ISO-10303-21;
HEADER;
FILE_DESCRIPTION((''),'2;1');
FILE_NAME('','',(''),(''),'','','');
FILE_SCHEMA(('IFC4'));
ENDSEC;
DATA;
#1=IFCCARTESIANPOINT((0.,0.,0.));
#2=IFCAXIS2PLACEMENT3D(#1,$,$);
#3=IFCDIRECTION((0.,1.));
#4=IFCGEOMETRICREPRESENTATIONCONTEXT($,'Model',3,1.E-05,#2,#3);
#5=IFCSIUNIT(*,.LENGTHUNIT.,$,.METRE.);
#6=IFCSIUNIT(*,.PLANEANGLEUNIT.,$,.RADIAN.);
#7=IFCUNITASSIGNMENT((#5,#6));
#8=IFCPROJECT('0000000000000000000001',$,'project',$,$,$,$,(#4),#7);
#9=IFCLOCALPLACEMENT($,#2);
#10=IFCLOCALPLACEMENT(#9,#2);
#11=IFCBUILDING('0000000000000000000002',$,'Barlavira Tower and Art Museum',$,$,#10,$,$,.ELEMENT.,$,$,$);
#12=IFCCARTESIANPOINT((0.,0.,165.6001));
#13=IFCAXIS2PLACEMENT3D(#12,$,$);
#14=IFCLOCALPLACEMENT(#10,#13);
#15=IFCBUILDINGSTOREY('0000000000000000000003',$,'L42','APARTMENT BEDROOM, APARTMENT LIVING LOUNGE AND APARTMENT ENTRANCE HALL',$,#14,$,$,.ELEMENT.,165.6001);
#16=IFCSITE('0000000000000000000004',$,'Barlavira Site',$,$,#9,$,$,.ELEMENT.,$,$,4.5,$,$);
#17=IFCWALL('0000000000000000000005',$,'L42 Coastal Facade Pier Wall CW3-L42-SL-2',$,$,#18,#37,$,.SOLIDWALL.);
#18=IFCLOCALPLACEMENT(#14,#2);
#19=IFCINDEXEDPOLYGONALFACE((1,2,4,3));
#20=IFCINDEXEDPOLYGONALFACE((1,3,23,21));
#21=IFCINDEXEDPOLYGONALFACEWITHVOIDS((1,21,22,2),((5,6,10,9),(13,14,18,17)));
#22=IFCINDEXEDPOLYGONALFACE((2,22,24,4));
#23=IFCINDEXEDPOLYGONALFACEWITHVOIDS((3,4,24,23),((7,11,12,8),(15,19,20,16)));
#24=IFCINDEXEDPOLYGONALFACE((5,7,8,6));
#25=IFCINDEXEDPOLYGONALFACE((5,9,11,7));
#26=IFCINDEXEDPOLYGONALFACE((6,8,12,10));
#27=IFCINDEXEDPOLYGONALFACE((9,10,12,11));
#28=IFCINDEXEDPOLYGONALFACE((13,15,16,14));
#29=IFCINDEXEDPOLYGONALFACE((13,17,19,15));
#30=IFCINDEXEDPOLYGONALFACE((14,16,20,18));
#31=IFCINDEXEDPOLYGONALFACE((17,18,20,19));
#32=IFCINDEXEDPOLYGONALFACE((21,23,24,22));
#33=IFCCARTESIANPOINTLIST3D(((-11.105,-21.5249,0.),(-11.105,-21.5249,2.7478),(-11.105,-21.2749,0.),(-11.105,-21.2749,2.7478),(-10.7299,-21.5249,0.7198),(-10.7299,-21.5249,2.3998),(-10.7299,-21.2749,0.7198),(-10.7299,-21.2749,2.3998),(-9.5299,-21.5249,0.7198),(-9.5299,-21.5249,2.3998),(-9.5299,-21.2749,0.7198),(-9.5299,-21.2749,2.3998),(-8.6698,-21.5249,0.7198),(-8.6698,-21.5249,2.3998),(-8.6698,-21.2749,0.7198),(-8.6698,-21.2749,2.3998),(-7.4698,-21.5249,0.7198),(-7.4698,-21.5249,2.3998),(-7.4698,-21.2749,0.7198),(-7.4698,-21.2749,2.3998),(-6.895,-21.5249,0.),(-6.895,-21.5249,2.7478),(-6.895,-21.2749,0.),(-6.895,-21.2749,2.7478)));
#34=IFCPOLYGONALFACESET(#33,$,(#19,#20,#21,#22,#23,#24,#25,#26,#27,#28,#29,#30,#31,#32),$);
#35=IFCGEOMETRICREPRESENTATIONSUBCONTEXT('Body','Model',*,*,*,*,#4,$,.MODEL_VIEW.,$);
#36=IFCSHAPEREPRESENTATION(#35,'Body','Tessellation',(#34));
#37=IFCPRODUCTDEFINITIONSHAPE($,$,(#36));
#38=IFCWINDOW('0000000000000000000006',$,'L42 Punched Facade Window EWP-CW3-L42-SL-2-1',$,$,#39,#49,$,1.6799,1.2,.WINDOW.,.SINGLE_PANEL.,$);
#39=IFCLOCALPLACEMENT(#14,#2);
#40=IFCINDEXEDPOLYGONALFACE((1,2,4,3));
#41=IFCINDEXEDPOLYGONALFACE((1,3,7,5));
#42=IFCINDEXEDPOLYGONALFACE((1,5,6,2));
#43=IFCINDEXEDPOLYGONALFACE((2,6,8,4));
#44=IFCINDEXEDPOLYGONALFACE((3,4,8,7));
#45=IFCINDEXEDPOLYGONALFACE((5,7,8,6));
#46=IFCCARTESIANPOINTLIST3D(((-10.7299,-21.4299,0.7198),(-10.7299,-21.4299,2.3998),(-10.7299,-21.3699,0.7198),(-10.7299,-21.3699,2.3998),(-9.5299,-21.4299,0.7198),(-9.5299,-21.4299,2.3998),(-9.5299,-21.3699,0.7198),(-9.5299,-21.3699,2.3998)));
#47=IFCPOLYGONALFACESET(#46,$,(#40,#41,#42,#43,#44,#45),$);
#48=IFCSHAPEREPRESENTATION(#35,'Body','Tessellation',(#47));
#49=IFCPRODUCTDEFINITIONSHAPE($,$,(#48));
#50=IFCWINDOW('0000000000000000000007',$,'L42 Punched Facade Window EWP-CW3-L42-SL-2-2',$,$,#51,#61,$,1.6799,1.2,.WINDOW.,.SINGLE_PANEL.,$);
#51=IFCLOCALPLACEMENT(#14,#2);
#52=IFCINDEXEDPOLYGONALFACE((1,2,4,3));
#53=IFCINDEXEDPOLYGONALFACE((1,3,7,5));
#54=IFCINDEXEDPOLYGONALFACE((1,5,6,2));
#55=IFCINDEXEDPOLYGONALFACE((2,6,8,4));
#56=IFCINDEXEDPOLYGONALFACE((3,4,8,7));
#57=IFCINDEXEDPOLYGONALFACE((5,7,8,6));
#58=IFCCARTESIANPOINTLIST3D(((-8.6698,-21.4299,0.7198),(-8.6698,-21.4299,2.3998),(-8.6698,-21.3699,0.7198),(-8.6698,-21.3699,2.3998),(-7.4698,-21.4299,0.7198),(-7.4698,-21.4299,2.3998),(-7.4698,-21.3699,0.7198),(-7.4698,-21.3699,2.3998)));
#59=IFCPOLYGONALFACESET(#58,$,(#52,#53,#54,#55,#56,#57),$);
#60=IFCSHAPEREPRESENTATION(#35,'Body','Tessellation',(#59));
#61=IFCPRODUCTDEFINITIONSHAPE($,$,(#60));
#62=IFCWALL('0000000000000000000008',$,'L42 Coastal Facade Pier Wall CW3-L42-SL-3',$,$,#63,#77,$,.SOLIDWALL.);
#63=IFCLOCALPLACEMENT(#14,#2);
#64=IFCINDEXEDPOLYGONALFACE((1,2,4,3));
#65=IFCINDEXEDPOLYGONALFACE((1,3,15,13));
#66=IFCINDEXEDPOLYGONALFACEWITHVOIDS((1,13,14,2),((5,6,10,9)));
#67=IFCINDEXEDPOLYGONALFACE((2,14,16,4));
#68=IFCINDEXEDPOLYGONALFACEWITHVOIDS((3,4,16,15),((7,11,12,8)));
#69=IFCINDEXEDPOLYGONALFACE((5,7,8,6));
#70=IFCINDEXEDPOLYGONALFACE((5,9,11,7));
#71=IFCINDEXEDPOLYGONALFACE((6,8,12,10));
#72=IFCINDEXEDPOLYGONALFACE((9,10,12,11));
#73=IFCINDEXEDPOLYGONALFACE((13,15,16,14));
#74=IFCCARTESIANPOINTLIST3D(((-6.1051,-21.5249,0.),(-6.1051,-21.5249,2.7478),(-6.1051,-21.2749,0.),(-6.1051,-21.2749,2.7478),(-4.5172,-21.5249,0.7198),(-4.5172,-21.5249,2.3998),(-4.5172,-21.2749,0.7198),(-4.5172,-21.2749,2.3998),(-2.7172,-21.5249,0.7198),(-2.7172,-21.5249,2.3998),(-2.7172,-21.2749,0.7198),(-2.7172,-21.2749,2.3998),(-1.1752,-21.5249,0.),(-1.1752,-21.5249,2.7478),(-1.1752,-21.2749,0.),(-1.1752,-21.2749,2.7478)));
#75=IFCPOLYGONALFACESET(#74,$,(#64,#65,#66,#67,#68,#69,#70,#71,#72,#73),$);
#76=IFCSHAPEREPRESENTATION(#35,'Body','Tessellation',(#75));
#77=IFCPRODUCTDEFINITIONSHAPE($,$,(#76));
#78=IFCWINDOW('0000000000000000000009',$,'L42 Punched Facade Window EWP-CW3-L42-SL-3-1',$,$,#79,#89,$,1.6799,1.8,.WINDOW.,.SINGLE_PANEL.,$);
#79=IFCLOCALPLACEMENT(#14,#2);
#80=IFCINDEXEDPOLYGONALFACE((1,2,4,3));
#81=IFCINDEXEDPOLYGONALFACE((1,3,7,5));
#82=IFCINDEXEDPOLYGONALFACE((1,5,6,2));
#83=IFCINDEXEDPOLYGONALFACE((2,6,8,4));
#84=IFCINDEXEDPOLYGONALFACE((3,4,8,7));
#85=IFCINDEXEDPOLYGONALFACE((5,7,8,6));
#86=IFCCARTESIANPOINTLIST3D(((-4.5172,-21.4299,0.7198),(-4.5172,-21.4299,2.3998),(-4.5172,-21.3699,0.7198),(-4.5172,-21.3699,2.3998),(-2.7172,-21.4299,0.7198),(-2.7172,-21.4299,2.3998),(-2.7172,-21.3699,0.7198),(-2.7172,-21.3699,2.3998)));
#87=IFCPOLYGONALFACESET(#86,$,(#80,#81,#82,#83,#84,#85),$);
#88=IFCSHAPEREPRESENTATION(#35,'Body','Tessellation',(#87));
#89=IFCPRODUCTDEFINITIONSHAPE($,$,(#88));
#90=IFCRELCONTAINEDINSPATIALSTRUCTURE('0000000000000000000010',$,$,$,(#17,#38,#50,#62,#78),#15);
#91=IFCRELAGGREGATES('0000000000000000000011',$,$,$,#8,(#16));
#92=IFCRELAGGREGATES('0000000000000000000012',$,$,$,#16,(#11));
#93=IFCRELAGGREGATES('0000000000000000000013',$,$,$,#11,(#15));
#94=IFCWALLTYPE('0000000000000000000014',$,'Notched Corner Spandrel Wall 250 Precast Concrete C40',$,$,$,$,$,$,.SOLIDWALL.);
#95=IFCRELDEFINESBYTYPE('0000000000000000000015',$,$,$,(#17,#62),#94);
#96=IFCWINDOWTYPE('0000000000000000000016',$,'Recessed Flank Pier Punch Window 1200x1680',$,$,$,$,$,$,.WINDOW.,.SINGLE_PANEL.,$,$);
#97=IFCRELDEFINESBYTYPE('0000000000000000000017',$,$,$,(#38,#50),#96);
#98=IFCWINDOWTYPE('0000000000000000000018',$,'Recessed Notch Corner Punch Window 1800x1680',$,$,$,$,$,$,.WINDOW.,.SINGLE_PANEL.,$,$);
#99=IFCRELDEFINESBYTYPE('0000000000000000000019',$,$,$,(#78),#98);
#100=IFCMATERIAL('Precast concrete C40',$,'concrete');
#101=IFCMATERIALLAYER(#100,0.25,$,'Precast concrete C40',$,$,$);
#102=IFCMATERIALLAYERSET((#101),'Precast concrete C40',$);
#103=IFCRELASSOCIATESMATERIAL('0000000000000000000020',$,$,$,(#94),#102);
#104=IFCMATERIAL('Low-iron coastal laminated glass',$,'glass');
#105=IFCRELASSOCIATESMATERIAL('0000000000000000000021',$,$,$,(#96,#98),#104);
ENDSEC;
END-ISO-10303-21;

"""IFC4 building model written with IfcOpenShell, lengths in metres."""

from ifc_helpers import new_model, si_unit, direction, frame, frame_2d, origin, place, context, subcontext, project, spatial, rectangle, extrude, material, layer, layer_set, type_object, element, fill, save


model = new_model("IFC4")

# Units and contexts
model_context = context("Model", 3, precision=1e-05, world=origin(), true_north=direction((0.0, 1.0)))
body_context = subcontext(model_context, "Body", "Model", "MODEL_VIEW")
ifc_project = project(units=[si_unit("LENGTHUNIT", "METRE"), si_unit("PLANEANGLEUNIT", "RADIAN")], contexts=[model_context])

# Site, building, storey
site_placement = place(None, origin())
site = spatial("IfcSite", under=ifc_project, at=site_placement, Name="Barlavira Site", CompositionType="ELEMENT", RefElevation=4.5)
building_placement = place(site_placement, origin())
building = spatial("IfcBuilding", under=site, at=building_placement, Name="Barlavira Tower and Art Museum", CompositionType="ELEMENT")
storey_placement = place(building_placement, frame((0.0, 0.0, 165.6001)))
storey = spatial("IfcBuildingStorey", under=building, at=storey_placement, Name="L42", Description="APARTMENT BEDROOM, APARTMENT LIVING LOUNGE AND APARTMENT ENTRANCE HALL", CompositionType="ELEMENT", Elevation=165.6001)

# Wall, openings, windows
ifc_material_1 = material(Name="Precast concrete C40", Category="concrete")
ifc_layer_1 = layer(ifc_material_1, 0.25, Name="Precast concrete C40")
ifc_layer_set_1 = layer_set([ifc_layer_1], Name="Precast concrete C40")
wall_type_1 = type_object("IfcWallType", Name="Notched Corner Spandrel Wall 250 Precast Concrete C40", PredefinedType="SOLIDWALL", material=ifc_layer_set_1)
wall_1_placement = place(storey_placement, frame((-11.105, -21.3999, 0.0), z_axis=(0.0, 0.0, 1.0), x_axis=(1.0, 0.0, 0.0)))
wall_1 = element("IfcWall", 1, at=wall_1_placement, inside=storey, type_object=wall_type_1, Name="L42 Coastal Facade Pier Wall CW3-L42-SL-2", PredefinedType="SOLIDWALL", context=body_context, shape_type="SweptSolid", body=[
    extrude(rectangle(XDim=4.21, YDim=0.25, at=frame_2d((2.105, 0.0))), origin(), (0.0, 0.0, 1.0), 2.7478),
])
opening_1_placement = place(wall_1_placement, frame((0.375, 0.0, 0.72)))
opening_1 = element("IfcOpeningElement", 2, at=opening_1_placement, cuts=wall_1, PredefinedType="OPENING", context=body_context, shape_type="SweptSolid", body=[
    extrude(rectangle(XDim=1.2, YDim=1.6799, at=frame_2d((0.6001, 0.8398))), frame((0.0, 0.135, 0.0), z_axis=(0.0, -1.0, 0.0), x_axis=(1.0, 0.0, 0.0)), (0.0, 0.0, 1.0), 0.27),
])
opening_2_placement = place(wall_1_placement, frame((2.4351, 0.0, 0.72)))
opening_2 = element("IfcOpeningElement", 3, at=opening_2_placement, cuts=wall_1, PredefinedType="OPENING", context=body_context, shape_type="SweptSolid", body=[
    extrude(rectangle(XDim=1.2, YDim=1.6799, at=frame_2d((0.6001, 0.8398))), frame((0.0, 0.135, 0.0), z_axis=(0.0, -1.0, 0.0), x_axis=(1.0, 0.0, 0.0)), (0.0, 0.0, 1.0), 0.27),
])
ifc_material_2 = material(Name="Low-iron coastal laminated glass", Category="glass")
window_type_1 = type_object("IfcWindowType", Name="Recessed Flank Pier Punch Window 1200x1680", PartitioningType="SINGLE_PANEL", PredefinedType="WINDOW", material=ifc_material_2)
window_1_placement = place(opening_1_placement, origin())
window_1 = element("IfcWindow", 4, at=window_1_placement, inside=storey, type_object=window_type_1, Name="L42 Punched Facade Window EWP-CW3-L42-SL-2-1", OverallHeight=1.6799, OverallWidth=1.2, PartitioningType="SINGLE_PANEL", PredefinedType="WINDOW", context=body_context, shape_type="SweptSolid", body=[
    extrude(rectangle(XDim=1.2, YDim=1.6799, at=frame_2d((0.6001, 0.8398))), frame((0.0, 0.03, 0.0), z_axis=(0.0, -1.0, 0.0), x_axis=(1.0, 0.0, 0.0)), (0.0, 0.0, 1.0), 0.0601),
])
fill(opening_1, window_1)
window_2_placement = place(opening_2_placement, origin())
window_2 = element("IfcWindow", 5, at=window_2_placement, inside=storey, type_object=window_type_1, Name="L42 Punched Facade Window EWP-CW3-L42-SL-2-2", OverallHeight=1.6799, OverallWidth=1.2, PartitioningType="SINGLE_PANEL", PredefinedType="WINDOW", context=body_context, shape_type="SweptSolid", body=[
    extrude(rectangle(XDim=1.2, YDim=1.6799, at=frame_2d((0.6001, 0.8398))), frame((0.0, 0.03, 0.0), z_axis=(0.0, -1.0, 0.0), x_axis=(1.0, 0.0, 0.0)), (0.0, 0.0, 1.0), 0.0601),
])
fill(opening_2, window_2)

# Wall, opening, window
wall_2_placement = place(storey_placement, frame((-6.105, -21.3999, 0.0), z_axis=(0.0, 0.0, 1.0), x_axis=(1.0, 0.0, 0.0)))
wall_2 = element("IfcWall", 6, at=wall_2_placement, inside=storey, type_object=wall_type_1, Name="L42 Coastal Facade Pier Wall CW3-L42-SL-3", PredefinedType="SOLIDWALL", context=body_context, shape_type="SweptSolid", body=[
    extrude(rectangle(XDim=4.9299, YDim=0.25, at=frame_2d((2.4648, 0.0))), origin(), (0.0, 0.0, 1.0), 2.7478),
])
opening_3_placement = place(wall_2_placement, frame((1.5879, 0.0, 0.72)))
opening_3 = element("IfcOpeningElement", 7, at=opening_3_placement, cuts=wall_2, PredefinedType="OPENING", context=body_context, shape_type="SweptSolid", body=[
    extrude(rectangle(XDim=1.8, YDim=1.6799, at=frame_2d((0.8999, 0.8398))), frame((0.0, 0.135, 0.0), z_axis=(0.0, -1.0, 0.0), x_axis=(1.0, 0.0, 0.0)), (0.0, 0.0, 1.0), 0.27),
])
window_type_2 = type_object("IfcWindowType", Name="Recessed Notch Corner Punch Window 1800x1680", PartitioningType="SINGLE_PANEL", PredefinedType="WINDOW", material=ifc_material_2)
window_3_placement = place(opening_3_placement, origin())
window_3 = element("IfcWindow", 8, at=window_3_placement, inside=storey, type_object=window_type_2, Name="L42 Punched Facade Window EWP-CW3-L42-SL-3-1", OverallHeight=1.6799, OverallWidth=1.8, PartitioningType="SINGLE_PANEL", PredefinedType="WINDOW", context=body_context, shape_type="SweptSolid", body=[
    extrude(rectangle(XDim=1.8, YDim=1.6799, at=frame_2d((0.8999, 0.8398))), frame((0.0, 0.03, 0.0), z_axis=(0.0, -1.0, 0.0), x_axis=(1.0, 0.0, 0.0)), (0.0, 0.0, 1.0), 0.0601),
])
fill(opening_3, window_3)

save(model, "model.ifc")
